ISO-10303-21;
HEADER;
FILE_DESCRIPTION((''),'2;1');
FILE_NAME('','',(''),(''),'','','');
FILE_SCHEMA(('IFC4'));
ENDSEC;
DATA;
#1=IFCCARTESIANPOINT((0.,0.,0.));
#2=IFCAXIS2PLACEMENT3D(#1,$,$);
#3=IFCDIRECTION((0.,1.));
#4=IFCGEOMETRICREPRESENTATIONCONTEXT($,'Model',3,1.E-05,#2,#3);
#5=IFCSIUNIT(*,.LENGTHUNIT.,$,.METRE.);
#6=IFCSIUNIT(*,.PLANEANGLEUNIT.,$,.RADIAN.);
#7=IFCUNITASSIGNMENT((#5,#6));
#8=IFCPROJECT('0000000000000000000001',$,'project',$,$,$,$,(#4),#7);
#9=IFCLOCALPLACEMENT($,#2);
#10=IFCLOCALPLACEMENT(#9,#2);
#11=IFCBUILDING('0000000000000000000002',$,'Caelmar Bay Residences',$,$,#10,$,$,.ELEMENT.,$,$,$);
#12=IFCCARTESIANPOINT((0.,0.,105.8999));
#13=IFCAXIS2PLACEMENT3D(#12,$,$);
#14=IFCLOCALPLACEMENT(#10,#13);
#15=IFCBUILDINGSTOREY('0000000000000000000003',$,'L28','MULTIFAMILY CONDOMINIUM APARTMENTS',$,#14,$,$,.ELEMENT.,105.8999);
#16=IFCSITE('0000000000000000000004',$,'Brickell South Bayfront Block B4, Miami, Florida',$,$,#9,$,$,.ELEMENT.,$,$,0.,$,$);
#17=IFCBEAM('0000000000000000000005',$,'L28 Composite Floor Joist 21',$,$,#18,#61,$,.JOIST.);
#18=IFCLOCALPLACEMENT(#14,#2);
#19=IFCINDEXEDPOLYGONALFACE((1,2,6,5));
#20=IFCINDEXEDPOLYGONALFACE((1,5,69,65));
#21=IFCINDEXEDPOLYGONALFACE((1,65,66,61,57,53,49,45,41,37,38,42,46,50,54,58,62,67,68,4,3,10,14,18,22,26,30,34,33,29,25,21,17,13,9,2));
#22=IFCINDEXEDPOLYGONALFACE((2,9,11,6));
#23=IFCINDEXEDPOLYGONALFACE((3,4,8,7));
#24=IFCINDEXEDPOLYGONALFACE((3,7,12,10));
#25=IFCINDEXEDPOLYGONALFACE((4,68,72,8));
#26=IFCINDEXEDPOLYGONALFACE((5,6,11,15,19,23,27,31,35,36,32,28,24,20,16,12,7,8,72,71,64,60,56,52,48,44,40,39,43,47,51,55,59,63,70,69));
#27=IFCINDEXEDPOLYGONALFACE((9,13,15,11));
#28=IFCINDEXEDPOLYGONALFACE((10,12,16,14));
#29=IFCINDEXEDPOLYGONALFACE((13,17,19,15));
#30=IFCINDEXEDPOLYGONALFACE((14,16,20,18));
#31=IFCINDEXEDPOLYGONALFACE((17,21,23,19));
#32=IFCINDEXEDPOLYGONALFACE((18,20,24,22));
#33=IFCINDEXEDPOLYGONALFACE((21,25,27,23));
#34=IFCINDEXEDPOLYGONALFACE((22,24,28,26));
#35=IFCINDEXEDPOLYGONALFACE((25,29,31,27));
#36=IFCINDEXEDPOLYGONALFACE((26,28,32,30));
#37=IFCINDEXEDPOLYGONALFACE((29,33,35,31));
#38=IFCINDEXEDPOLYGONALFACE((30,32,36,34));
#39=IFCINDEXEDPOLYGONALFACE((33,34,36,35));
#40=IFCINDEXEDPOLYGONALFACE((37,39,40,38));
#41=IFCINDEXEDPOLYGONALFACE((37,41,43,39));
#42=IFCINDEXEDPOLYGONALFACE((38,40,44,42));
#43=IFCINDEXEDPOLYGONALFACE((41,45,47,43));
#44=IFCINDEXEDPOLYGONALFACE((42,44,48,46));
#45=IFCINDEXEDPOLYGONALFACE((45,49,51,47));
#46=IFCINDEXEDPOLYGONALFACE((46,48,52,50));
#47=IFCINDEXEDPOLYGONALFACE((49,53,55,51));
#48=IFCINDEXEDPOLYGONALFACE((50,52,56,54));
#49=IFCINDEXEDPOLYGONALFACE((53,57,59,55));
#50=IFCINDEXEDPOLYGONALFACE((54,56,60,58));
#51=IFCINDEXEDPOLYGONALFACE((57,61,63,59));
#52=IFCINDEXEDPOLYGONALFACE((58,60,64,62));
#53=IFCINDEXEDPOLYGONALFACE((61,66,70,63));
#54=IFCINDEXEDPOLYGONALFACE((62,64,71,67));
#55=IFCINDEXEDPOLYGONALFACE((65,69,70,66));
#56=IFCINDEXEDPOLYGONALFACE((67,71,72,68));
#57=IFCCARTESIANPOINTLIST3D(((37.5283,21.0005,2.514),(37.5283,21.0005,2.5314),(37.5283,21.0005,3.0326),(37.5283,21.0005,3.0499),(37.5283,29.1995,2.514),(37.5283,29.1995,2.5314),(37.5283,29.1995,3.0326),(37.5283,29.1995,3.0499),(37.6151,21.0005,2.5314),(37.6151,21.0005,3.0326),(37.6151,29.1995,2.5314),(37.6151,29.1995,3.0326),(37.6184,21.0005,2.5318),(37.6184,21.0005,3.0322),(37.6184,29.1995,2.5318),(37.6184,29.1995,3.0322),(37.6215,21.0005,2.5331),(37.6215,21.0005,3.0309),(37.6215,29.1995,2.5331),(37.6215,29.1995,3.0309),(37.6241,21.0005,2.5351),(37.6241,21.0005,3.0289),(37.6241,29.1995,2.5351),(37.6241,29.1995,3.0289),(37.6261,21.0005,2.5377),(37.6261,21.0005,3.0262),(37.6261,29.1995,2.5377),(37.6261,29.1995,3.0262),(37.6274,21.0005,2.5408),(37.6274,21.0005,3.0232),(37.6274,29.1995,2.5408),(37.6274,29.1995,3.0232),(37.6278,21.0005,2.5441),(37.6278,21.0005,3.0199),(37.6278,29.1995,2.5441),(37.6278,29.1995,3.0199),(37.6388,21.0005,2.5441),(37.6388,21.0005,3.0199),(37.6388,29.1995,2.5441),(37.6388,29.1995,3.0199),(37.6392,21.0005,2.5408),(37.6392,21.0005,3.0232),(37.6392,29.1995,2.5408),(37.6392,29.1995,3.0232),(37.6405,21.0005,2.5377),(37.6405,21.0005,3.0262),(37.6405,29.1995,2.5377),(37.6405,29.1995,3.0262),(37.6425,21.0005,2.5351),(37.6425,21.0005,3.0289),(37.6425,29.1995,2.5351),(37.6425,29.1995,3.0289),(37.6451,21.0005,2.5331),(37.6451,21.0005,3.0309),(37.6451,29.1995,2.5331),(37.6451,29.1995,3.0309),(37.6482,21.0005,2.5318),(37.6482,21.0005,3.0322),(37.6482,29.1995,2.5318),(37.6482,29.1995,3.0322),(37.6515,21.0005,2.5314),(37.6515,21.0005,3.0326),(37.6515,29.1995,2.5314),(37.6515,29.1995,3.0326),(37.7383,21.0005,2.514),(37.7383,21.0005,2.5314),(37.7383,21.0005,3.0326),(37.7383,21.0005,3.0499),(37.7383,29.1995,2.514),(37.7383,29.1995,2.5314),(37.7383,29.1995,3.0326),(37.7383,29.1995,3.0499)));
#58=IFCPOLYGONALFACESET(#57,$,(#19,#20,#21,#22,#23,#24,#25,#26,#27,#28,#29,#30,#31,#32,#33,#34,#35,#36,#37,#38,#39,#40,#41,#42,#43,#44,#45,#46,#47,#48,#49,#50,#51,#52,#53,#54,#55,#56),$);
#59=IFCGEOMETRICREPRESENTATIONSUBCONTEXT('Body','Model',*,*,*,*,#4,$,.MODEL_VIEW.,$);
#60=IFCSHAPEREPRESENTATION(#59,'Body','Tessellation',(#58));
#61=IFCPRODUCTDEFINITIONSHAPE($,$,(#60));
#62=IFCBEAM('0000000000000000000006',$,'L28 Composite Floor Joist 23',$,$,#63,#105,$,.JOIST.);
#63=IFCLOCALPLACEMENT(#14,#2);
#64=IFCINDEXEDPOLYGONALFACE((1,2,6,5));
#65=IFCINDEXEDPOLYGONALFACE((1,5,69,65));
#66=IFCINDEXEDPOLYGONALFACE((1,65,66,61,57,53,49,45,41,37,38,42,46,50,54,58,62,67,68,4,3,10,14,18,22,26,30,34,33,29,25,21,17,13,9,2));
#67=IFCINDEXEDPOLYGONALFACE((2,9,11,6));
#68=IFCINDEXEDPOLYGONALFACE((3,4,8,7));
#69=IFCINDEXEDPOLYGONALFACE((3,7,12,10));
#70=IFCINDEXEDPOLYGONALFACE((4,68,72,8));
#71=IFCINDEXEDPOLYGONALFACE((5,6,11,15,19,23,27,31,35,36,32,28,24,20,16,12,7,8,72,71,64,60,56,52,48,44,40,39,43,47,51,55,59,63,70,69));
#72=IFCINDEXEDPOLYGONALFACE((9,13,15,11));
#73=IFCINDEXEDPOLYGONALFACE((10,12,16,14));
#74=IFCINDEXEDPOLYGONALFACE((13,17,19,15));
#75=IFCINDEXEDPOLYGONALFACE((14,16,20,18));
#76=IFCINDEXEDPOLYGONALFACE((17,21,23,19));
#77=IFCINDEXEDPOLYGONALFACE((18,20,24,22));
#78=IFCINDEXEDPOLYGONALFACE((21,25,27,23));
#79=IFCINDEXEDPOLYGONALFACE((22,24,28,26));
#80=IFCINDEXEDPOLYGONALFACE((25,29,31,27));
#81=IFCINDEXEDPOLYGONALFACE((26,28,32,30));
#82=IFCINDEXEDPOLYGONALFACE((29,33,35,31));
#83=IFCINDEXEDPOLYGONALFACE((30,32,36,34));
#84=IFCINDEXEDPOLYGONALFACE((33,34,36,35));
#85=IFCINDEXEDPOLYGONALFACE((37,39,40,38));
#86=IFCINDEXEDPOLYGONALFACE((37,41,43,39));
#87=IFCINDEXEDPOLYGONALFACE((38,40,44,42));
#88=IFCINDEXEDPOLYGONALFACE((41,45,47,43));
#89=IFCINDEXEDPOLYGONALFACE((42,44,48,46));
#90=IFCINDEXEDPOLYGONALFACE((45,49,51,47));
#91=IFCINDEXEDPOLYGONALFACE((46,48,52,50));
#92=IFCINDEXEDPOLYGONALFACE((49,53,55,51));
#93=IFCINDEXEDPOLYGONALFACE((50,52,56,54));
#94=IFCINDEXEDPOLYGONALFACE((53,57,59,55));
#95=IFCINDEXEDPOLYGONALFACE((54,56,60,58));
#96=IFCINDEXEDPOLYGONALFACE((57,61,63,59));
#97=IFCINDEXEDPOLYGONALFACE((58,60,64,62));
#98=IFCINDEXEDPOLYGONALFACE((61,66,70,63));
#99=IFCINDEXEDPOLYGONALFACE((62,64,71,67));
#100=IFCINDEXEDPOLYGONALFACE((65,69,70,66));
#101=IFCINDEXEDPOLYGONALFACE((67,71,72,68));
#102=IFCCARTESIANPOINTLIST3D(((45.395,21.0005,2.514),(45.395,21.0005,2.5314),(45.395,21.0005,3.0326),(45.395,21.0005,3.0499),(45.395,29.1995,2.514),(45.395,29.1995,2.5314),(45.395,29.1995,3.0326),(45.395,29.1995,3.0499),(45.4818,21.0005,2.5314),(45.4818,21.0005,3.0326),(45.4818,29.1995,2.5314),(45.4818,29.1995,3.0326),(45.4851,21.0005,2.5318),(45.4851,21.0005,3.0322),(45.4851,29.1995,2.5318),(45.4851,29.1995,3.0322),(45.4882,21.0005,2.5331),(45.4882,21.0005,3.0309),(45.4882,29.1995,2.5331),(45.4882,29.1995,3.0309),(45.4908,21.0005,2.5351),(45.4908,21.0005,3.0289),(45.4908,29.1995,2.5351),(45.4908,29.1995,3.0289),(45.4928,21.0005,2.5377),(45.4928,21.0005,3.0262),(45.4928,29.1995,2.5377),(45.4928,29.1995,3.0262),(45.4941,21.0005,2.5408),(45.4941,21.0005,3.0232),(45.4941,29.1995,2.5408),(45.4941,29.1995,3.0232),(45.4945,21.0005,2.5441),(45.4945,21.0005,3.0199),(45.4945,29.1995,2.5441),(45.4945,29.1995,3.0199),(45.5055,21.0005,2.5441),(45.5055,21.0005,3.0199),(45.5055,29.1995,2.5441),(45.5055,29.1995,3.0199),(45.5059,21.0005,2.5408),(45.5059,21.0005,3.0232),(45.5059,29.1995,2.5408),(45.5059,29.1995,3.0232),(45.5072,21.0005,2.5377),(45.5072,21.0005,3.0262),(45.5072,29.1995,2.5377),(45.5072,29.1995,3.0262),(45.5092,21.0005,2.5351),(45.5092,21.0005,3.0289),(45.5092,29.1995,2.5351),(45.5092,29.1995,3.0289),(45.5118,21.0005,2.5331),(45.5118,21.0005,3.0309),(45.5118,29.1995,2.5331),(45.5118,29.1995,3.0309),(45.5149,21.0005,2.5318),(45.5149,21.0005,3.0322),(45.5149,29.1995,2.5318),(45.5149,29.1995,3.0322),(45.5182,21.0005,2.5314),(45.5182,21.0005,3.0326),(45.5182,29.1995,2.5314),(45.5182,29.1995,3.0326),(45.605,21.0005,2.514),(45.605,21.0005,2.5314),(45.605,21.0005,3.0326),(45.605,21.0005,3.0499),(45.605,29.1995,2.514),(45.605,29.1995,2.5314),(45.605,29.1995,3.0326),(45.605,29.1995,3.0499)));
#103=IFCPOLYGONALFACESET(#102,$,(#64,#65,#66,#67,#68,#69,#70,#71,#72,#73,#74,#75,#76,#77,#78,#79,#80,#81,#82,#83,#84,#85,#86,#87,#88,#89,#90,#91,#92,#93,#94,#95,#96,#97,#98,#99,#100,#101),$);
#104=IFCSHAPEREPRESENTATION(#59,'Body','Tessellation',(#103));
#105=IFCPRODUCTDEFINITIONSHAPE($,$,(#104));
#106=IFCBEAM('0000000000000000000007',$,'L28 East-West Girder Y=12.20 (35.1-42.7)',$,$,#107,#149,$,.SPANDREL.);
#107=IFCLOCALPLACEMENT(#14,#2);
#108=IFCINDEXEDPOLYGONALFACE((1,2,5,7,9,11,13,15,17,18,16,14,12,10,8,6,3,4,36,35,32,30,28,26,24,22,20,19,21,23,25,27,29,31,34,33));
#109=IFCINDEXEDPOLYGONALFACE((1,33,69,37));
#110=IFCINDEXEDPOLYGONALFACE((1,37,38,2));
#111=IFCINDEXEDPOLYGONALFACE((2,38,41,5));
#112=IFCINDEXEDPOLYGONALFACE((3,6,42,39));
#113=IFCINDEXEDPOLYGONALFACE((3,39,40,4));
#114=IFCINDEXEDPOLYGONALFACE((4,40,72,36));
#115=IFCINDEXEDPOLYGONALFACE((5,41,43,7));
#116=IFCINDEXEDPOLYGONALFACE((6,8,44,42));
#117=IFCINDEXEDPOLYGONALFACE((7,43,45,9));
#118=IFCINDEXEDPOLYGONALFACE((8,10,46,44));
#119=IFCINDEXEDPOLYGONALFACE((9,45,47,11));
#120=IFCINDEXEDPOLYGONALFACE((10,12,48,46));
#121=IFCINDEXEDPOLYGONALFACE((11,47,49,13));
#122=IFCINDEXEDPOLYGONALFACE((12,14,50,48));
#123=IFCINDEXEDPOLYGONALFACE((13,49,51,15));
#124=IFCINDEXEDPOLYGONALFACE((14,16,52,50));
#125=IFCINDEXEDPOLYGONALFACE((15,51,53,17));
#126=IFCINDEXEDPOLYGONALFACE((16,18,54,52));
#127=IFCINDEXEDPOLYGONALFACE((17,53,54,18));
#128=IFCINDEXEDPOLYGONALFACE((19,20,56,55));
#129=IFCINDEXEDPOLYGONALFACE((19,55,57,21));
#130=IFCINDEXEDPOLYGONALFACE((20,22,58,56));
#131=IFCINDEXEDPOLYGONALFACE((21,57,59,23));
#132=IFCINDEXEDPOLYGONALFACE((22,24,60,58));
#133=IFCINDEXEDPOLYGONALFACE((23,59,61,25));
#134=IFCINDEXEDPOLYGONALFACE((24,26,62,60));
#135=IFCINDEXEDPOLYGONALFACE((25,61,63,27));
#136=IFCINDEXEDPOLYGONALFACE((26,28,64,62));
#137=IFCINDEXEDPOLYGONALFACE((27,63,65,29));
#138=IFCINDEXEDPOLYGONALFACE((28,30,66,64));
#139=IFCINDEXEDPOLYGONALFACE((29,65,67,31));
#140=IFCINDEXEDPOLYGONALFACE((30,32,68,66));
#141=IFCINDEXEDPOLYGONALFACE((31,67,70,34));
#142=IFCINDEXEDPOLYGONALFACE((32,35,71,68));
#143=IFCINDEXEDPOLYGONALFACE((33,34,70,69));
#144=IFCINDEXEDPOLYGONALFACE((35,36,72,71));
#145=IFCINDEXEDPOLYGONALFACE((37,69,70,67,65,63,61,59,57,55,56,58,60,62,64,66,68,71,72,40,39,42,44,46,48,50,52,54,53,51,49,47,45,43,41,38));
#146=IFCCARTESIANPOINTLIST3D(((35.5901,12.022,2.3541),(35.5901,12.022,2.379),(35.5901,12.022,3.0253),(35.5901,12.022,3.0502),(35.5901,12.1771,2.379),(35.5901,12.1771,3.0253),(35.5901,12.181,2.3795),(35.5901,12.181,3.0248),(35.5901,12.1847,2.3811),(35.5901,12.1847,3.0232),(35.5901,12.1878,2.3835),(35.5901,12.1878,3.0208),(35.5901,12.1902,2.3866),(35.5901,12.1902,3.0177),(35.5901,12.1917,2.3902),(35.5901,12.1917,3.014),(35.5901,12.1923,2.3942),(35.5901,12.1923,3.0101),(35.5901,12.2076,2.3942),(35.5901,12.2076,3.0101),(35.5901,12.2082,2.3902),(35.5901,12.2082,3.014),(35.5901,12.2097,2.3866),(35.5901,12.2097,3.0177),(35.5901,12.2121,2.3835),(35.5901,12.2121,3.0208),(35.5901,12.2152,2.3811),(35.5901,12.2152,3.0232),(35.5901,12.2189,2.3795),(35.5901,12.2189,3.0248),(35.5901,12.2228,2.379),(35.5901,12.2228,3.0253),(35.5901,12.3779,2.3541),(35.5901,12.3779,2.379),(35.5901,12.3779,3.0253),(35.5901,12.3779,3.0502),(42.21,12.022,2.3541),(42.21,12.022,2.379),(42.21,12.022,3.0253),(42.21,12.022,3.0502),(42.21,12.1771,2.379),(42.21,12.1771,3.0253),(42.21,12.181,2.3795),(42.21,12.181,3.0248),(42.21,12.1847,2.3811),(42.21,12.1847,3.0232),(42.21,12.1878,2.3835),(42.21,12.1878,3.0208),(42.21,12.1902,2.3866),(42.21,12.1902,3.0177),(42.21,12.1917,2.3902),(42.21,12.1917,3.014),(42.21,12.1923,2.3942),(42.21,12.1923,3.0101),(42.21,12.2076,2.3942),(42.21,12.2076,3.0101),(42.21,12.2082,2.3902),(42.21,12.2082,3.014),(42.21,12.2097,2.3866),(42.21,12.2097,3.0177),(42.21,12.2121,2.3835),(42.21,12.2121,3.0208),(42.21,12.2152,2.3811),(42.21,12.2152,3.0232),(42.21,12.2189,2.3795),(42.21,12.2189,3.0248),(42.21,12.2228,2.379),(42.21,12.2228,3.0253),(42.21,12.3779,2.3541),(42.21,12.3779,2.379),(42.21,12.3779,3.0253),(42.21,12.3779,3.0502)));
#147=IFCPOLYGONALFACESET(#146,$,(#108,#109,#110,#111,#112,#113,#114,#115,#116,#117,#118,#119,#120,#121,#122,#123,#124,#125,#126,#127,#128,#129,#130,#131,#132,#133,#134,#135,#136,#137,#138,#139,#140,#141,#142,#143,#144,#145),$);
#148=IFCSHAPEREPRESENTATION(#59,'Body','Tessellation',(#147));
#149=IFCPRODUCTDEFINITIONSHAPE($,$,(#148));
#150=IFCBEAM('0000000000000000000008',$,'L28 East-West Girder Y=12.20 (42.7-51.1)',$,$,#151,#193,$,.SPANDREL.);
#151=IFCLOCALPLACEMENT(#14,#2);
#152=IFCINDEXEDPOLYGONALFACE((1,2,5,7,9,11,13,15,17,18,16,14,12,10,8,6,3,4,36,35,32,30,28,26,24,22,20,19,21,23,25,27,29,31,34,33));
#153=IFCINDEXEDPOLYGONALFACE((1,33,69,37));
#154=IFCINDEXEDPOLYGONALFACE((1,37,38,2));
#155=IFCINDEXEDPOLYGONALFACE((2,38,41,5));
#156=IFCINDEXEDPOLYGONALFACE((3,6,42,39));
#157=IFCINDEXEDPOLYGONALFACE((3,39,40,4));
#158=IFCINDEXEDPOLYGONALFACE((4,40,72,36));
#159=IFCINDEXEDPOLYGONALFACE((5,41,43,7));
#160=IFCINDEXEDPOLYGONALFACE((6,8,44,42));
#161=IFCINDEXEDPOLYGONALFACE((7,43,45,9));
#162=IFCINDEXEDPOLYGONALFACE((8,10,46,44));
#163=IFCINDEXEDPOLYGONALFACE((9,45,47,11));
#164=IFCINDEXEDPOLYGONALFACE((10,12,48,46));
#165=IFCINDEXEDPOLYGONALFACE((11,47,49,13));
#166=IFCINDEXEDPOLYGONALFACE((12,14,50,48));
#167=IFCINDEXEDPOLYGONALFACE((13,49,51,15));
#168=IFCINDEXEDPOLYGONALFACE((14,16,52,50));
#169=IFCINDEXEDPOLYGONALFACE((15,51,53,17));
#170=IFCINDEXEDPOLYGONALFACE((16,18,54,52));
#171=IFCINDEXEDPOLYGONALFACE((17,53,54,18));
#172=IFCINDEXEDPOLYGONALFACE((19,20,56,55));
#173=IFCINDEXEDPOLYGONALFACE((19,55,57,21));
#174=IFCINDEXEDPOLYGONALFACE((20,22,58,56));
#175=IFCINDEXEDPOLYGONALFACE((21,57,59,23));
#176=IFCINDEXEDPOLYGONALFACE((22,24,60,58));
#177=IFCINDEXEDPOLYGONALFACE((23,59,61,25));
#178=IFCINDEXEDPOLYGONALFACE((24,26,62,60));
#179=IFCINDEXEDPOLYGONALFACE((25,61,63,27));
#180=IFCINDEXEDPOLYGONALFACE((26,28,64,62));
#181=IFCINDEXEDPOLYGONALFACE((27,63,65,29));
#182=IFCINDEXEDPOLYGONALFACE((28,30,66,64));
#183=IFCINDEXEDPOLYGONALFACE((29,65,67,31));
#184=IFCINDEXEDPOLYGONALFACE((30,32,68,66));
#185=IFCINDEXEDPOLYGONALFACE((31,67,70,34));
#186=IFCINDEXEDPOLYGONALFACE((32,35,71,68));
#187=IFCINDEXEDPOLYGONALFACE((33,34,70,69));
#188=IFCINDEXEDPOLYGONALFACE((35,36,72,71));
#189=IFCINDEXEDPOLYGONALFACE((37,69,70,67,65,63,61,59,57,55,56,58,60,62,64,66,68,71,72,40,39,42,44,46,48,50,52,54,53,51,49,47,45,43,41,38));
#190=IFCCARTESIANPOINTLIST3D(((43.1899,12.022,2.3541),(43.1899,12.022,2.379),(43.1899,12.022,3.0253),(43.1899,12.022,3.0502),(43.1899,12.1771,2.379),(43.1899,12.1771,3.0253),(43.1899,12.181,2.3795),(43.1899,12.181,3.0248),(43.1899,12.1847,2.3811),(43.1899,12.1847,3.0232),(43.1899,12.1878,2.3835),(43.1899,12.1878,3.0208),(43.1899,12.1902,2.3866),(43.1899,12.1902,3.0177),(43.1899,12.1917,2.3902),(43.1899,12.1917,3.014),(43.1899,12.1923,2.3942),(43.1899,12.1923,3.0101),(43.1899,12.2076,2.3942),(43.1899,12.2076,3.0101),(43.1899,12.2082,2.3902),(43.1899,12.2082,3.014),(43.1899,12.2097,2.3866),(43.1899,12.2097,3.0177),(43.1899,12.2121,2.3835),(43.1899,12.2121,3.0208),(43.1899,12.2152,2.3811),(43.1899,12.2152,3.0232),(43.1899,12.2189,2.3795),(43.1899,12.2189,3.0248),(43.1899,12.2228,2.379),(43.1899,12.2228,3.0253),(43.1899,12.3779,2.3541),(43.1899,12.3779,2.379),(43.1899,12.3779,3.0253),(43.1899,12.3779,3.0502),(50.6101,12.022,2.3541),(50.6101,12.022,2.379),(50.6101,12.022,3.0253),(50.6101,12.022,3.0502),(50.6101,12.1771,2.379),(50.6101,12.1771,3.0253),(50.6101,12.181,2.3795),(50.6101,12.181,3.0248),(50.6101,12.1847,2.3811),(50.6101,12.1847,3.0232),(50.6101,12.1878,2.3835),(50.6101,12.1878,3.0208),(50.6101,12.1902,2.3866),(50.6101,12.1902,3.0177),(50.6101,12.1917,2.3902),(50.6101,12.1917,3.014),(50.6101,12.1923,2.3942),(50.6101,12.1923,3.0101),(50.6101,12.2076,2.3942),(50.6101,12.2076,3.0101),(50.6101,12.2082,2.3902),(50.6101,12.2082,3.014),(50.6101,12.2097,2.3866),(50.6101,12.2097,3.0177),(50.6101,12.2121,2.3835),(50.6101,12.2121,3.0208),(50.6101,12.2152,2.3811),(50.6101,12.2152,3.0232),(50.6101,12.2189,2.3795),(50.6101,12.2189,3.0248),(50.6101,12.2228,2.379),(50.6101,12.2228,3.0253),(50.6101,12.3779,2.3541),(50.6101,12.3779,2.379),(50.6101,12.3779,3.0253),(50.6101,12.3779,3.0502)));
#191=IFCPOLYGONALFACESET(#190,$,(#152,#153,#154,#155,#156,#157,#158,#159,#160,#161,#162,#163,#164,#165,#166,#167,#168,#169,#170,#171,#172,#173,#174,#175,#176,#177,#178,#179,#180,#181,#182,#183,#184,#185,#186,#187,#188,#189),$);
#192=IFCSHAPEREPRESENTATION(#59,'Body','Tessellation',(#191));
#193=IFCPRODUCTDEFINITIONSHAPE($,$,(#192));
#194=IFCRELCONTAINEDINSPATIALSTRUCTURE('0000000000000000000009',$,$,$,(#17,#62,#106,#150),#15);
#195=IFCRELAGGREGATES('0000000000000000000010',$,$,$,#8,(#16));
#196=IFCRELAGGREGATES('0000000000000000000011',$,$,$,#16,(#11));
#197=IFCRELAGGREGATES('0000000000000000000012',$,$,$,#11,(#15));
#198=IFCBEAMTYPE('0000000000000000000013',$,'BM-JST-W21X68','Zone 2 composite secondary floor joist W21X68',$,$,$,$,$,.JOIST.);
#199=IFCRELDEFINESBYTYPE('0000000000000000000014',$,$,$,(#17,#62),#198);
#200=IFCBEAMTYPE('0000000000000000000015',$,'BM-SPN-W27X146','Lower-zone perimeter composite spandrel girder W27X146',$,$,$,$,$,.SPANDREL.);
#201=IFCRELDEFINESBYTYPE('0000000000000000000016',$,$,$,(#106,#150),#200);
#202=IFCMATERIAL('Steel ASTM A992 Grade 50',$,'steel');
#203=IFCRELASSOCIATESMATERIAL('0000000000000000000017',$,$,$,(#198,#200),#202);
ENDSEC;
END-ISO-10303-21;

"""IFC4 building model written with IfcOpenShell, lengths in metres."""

from ifc_helpers import new_model, si_unit, direction, frame, origin, origin_2d, place, context, subcontext, project, spatial, i_section, extrude, material, material_profile, profile_set, type_object, element, save


model = new_model("IFC4")

# Units and contexts
model_context = context("Model", 3, precision=1e-05, world=origin(), true_north=direction((0.0, 1.0)))
body_context = subcontext(model_context, "Body", "Model", "MODEL_VIEW")
ifc_project = project(units=[si_unit("LENGTHUNIT", "METRE"), si_unit("PLANEANGLEUNIT", "RADIAN")], contexts=[model_context])

# Site, building, storey
site_placement = place(None, origin())
site = spatial("IfcSite", under=ifc_project, at=site_placement, Name="Brickell South Bayfront Block B4, Miami, Florida", CompositionType="ELEMENT", RefElevation=0.0)
building_placement = place(site_placement, origin())
building = spatial("IfcBuilding", under=site, at=building_placement, Name="Caelmar Bay Residences", CompositionType="ELEMENT")
storey_placement = place(building_placement, frame((0.0, 0.0, 105.8999)))
storey = spatial("IfcBuildingStorey", under=building, at=storey_placement, Name="L28", Description="MULTIFAMILY CONDOMINIUM APARTMENTS", CompositionType="ELEMENT", Elevation=105.8999)

# Beams
ifc_material_1 = material(Name="Steel ASTM A992 Grade 50", Category="steel")
ifc_material_profile_1 = material_profile(ifc_material_1, i_section(OverallWidth=0.21, OverallDepth=0.5359, WebThickness=0.011, FlangeThickness=0.0173, FilletRadius=0.0127, at=origin_2d()), Name="W21X68")
ifc_profile_set_1 = profile_set([ifc_material_profile_1], Name="Steel ASTM A992 Grade 50")
beam_type_1 = type_object("IfcBeamType", Name="BM-JST-W21X68", Description="Zone 2 composite secondary floor joist W21X68", PredefinedType="JOIST", material=ifc_profile_set_1)
for number, where, z_axis, x_axis, name in (
    (1, (37.6333, 21.0005, 2.782), (0.0, 1.0, 0.0), (-1.0, 0.0, 0.0), "L28 Composite Floor Joist 21"),
    (2, (45.5, 21.0005, 2.782), (0.0, 1.0, 0.0), (-1.0, 0.0, 0.0), "L28 Composite Floor Joist 23"),
):
    element("IfcBeam", number, at=place(storey_placement, frame(where, z_axis=z_axis, x_axis=x_axis)), inside=storey, type_object=beam_type_1, Name=name, PredefinedType="JOIST", context=body_context, shape_type="SweptSolid", body=[
        extrude(i_section(OverallWidth=0.21, OverallDepth=0.5359, WebThickness=0.011, FlangeThickness=0.0173, FilletRadius=0.0127, at=origin_2d()), origin(), (0.0, 0.0, 1.0), 8.199),
    ])
ifc_material_profile_2 = material_profile(ifc_material_1, i_section(OverallWidth=0.356, OverallDepth=0.696, WebThickness=0.0154, FlangeThickness=0.0249, FilletRadius=0.0151, at=origin_2d()), Name="W27X146")
ifc_profile_set_2 = profile_set([ifc_material_profile_2], Name="Steel ASTM A992 Grade 50")
beam_type_2 = type_object("IfcBeamType", Name="BM-SPN-W27X146", Description="Lower-zone perimeter composite spandrel girder W27X146", PredefinedType="SPANDREL", material=ifc_profile_set_2)
beam_1_placement = place(storey_placement, frame((35.5901, 12.2, 2.7021), z_axis=(1.0, 0.0, 0.0), x_axis=(0.0, 1.0, 0.0)))
element("IfcBeam", 3, at=beam_1_placement, inside=storey, type_object=beam_type_2, Name="L28 East-West Girder Y=12.20 (35.1-42.7)", PredefinedType="SPANDREL", context=body_context, shape_type="SweptSolid", body=[
    extrude(i_section(OverallWidth=0.356, OverallDepth=0.696, WebThickness=0.0154, FlangeThickness=0.0249, FilletRadius=0.0151, at=origin_2d()), origin(), (0.0, 0.0, 1.0), 6.6199),
])
beam_2_placement = place(storey_placement, frame((43.1899, 12.2, 2.7021), z_axis=(1.0, 0.0, 0.0), x_axis=(0.0, 1.0, 0.0)))
element("IfcBeam", 4, at=beam_2_placement, inside=storey, type_object=beam_type_2, Name="L28 East-West Girder Y=12.20 (42.7-51.1)", PredefinedType="SPANDREL", context=body_context, shape_type="SweptSolid", body=[
    extrude(i_section(OverallWidth=0.356, OverallDepth=0.696, WebThickness=0.0154, FlangeThickness=0.0249, FilletRadius=0.0151, at=origin_2d()), origin(), (0.0, 0.0, 1.0), 7.4202),
])

save(model, "model.ifc")
